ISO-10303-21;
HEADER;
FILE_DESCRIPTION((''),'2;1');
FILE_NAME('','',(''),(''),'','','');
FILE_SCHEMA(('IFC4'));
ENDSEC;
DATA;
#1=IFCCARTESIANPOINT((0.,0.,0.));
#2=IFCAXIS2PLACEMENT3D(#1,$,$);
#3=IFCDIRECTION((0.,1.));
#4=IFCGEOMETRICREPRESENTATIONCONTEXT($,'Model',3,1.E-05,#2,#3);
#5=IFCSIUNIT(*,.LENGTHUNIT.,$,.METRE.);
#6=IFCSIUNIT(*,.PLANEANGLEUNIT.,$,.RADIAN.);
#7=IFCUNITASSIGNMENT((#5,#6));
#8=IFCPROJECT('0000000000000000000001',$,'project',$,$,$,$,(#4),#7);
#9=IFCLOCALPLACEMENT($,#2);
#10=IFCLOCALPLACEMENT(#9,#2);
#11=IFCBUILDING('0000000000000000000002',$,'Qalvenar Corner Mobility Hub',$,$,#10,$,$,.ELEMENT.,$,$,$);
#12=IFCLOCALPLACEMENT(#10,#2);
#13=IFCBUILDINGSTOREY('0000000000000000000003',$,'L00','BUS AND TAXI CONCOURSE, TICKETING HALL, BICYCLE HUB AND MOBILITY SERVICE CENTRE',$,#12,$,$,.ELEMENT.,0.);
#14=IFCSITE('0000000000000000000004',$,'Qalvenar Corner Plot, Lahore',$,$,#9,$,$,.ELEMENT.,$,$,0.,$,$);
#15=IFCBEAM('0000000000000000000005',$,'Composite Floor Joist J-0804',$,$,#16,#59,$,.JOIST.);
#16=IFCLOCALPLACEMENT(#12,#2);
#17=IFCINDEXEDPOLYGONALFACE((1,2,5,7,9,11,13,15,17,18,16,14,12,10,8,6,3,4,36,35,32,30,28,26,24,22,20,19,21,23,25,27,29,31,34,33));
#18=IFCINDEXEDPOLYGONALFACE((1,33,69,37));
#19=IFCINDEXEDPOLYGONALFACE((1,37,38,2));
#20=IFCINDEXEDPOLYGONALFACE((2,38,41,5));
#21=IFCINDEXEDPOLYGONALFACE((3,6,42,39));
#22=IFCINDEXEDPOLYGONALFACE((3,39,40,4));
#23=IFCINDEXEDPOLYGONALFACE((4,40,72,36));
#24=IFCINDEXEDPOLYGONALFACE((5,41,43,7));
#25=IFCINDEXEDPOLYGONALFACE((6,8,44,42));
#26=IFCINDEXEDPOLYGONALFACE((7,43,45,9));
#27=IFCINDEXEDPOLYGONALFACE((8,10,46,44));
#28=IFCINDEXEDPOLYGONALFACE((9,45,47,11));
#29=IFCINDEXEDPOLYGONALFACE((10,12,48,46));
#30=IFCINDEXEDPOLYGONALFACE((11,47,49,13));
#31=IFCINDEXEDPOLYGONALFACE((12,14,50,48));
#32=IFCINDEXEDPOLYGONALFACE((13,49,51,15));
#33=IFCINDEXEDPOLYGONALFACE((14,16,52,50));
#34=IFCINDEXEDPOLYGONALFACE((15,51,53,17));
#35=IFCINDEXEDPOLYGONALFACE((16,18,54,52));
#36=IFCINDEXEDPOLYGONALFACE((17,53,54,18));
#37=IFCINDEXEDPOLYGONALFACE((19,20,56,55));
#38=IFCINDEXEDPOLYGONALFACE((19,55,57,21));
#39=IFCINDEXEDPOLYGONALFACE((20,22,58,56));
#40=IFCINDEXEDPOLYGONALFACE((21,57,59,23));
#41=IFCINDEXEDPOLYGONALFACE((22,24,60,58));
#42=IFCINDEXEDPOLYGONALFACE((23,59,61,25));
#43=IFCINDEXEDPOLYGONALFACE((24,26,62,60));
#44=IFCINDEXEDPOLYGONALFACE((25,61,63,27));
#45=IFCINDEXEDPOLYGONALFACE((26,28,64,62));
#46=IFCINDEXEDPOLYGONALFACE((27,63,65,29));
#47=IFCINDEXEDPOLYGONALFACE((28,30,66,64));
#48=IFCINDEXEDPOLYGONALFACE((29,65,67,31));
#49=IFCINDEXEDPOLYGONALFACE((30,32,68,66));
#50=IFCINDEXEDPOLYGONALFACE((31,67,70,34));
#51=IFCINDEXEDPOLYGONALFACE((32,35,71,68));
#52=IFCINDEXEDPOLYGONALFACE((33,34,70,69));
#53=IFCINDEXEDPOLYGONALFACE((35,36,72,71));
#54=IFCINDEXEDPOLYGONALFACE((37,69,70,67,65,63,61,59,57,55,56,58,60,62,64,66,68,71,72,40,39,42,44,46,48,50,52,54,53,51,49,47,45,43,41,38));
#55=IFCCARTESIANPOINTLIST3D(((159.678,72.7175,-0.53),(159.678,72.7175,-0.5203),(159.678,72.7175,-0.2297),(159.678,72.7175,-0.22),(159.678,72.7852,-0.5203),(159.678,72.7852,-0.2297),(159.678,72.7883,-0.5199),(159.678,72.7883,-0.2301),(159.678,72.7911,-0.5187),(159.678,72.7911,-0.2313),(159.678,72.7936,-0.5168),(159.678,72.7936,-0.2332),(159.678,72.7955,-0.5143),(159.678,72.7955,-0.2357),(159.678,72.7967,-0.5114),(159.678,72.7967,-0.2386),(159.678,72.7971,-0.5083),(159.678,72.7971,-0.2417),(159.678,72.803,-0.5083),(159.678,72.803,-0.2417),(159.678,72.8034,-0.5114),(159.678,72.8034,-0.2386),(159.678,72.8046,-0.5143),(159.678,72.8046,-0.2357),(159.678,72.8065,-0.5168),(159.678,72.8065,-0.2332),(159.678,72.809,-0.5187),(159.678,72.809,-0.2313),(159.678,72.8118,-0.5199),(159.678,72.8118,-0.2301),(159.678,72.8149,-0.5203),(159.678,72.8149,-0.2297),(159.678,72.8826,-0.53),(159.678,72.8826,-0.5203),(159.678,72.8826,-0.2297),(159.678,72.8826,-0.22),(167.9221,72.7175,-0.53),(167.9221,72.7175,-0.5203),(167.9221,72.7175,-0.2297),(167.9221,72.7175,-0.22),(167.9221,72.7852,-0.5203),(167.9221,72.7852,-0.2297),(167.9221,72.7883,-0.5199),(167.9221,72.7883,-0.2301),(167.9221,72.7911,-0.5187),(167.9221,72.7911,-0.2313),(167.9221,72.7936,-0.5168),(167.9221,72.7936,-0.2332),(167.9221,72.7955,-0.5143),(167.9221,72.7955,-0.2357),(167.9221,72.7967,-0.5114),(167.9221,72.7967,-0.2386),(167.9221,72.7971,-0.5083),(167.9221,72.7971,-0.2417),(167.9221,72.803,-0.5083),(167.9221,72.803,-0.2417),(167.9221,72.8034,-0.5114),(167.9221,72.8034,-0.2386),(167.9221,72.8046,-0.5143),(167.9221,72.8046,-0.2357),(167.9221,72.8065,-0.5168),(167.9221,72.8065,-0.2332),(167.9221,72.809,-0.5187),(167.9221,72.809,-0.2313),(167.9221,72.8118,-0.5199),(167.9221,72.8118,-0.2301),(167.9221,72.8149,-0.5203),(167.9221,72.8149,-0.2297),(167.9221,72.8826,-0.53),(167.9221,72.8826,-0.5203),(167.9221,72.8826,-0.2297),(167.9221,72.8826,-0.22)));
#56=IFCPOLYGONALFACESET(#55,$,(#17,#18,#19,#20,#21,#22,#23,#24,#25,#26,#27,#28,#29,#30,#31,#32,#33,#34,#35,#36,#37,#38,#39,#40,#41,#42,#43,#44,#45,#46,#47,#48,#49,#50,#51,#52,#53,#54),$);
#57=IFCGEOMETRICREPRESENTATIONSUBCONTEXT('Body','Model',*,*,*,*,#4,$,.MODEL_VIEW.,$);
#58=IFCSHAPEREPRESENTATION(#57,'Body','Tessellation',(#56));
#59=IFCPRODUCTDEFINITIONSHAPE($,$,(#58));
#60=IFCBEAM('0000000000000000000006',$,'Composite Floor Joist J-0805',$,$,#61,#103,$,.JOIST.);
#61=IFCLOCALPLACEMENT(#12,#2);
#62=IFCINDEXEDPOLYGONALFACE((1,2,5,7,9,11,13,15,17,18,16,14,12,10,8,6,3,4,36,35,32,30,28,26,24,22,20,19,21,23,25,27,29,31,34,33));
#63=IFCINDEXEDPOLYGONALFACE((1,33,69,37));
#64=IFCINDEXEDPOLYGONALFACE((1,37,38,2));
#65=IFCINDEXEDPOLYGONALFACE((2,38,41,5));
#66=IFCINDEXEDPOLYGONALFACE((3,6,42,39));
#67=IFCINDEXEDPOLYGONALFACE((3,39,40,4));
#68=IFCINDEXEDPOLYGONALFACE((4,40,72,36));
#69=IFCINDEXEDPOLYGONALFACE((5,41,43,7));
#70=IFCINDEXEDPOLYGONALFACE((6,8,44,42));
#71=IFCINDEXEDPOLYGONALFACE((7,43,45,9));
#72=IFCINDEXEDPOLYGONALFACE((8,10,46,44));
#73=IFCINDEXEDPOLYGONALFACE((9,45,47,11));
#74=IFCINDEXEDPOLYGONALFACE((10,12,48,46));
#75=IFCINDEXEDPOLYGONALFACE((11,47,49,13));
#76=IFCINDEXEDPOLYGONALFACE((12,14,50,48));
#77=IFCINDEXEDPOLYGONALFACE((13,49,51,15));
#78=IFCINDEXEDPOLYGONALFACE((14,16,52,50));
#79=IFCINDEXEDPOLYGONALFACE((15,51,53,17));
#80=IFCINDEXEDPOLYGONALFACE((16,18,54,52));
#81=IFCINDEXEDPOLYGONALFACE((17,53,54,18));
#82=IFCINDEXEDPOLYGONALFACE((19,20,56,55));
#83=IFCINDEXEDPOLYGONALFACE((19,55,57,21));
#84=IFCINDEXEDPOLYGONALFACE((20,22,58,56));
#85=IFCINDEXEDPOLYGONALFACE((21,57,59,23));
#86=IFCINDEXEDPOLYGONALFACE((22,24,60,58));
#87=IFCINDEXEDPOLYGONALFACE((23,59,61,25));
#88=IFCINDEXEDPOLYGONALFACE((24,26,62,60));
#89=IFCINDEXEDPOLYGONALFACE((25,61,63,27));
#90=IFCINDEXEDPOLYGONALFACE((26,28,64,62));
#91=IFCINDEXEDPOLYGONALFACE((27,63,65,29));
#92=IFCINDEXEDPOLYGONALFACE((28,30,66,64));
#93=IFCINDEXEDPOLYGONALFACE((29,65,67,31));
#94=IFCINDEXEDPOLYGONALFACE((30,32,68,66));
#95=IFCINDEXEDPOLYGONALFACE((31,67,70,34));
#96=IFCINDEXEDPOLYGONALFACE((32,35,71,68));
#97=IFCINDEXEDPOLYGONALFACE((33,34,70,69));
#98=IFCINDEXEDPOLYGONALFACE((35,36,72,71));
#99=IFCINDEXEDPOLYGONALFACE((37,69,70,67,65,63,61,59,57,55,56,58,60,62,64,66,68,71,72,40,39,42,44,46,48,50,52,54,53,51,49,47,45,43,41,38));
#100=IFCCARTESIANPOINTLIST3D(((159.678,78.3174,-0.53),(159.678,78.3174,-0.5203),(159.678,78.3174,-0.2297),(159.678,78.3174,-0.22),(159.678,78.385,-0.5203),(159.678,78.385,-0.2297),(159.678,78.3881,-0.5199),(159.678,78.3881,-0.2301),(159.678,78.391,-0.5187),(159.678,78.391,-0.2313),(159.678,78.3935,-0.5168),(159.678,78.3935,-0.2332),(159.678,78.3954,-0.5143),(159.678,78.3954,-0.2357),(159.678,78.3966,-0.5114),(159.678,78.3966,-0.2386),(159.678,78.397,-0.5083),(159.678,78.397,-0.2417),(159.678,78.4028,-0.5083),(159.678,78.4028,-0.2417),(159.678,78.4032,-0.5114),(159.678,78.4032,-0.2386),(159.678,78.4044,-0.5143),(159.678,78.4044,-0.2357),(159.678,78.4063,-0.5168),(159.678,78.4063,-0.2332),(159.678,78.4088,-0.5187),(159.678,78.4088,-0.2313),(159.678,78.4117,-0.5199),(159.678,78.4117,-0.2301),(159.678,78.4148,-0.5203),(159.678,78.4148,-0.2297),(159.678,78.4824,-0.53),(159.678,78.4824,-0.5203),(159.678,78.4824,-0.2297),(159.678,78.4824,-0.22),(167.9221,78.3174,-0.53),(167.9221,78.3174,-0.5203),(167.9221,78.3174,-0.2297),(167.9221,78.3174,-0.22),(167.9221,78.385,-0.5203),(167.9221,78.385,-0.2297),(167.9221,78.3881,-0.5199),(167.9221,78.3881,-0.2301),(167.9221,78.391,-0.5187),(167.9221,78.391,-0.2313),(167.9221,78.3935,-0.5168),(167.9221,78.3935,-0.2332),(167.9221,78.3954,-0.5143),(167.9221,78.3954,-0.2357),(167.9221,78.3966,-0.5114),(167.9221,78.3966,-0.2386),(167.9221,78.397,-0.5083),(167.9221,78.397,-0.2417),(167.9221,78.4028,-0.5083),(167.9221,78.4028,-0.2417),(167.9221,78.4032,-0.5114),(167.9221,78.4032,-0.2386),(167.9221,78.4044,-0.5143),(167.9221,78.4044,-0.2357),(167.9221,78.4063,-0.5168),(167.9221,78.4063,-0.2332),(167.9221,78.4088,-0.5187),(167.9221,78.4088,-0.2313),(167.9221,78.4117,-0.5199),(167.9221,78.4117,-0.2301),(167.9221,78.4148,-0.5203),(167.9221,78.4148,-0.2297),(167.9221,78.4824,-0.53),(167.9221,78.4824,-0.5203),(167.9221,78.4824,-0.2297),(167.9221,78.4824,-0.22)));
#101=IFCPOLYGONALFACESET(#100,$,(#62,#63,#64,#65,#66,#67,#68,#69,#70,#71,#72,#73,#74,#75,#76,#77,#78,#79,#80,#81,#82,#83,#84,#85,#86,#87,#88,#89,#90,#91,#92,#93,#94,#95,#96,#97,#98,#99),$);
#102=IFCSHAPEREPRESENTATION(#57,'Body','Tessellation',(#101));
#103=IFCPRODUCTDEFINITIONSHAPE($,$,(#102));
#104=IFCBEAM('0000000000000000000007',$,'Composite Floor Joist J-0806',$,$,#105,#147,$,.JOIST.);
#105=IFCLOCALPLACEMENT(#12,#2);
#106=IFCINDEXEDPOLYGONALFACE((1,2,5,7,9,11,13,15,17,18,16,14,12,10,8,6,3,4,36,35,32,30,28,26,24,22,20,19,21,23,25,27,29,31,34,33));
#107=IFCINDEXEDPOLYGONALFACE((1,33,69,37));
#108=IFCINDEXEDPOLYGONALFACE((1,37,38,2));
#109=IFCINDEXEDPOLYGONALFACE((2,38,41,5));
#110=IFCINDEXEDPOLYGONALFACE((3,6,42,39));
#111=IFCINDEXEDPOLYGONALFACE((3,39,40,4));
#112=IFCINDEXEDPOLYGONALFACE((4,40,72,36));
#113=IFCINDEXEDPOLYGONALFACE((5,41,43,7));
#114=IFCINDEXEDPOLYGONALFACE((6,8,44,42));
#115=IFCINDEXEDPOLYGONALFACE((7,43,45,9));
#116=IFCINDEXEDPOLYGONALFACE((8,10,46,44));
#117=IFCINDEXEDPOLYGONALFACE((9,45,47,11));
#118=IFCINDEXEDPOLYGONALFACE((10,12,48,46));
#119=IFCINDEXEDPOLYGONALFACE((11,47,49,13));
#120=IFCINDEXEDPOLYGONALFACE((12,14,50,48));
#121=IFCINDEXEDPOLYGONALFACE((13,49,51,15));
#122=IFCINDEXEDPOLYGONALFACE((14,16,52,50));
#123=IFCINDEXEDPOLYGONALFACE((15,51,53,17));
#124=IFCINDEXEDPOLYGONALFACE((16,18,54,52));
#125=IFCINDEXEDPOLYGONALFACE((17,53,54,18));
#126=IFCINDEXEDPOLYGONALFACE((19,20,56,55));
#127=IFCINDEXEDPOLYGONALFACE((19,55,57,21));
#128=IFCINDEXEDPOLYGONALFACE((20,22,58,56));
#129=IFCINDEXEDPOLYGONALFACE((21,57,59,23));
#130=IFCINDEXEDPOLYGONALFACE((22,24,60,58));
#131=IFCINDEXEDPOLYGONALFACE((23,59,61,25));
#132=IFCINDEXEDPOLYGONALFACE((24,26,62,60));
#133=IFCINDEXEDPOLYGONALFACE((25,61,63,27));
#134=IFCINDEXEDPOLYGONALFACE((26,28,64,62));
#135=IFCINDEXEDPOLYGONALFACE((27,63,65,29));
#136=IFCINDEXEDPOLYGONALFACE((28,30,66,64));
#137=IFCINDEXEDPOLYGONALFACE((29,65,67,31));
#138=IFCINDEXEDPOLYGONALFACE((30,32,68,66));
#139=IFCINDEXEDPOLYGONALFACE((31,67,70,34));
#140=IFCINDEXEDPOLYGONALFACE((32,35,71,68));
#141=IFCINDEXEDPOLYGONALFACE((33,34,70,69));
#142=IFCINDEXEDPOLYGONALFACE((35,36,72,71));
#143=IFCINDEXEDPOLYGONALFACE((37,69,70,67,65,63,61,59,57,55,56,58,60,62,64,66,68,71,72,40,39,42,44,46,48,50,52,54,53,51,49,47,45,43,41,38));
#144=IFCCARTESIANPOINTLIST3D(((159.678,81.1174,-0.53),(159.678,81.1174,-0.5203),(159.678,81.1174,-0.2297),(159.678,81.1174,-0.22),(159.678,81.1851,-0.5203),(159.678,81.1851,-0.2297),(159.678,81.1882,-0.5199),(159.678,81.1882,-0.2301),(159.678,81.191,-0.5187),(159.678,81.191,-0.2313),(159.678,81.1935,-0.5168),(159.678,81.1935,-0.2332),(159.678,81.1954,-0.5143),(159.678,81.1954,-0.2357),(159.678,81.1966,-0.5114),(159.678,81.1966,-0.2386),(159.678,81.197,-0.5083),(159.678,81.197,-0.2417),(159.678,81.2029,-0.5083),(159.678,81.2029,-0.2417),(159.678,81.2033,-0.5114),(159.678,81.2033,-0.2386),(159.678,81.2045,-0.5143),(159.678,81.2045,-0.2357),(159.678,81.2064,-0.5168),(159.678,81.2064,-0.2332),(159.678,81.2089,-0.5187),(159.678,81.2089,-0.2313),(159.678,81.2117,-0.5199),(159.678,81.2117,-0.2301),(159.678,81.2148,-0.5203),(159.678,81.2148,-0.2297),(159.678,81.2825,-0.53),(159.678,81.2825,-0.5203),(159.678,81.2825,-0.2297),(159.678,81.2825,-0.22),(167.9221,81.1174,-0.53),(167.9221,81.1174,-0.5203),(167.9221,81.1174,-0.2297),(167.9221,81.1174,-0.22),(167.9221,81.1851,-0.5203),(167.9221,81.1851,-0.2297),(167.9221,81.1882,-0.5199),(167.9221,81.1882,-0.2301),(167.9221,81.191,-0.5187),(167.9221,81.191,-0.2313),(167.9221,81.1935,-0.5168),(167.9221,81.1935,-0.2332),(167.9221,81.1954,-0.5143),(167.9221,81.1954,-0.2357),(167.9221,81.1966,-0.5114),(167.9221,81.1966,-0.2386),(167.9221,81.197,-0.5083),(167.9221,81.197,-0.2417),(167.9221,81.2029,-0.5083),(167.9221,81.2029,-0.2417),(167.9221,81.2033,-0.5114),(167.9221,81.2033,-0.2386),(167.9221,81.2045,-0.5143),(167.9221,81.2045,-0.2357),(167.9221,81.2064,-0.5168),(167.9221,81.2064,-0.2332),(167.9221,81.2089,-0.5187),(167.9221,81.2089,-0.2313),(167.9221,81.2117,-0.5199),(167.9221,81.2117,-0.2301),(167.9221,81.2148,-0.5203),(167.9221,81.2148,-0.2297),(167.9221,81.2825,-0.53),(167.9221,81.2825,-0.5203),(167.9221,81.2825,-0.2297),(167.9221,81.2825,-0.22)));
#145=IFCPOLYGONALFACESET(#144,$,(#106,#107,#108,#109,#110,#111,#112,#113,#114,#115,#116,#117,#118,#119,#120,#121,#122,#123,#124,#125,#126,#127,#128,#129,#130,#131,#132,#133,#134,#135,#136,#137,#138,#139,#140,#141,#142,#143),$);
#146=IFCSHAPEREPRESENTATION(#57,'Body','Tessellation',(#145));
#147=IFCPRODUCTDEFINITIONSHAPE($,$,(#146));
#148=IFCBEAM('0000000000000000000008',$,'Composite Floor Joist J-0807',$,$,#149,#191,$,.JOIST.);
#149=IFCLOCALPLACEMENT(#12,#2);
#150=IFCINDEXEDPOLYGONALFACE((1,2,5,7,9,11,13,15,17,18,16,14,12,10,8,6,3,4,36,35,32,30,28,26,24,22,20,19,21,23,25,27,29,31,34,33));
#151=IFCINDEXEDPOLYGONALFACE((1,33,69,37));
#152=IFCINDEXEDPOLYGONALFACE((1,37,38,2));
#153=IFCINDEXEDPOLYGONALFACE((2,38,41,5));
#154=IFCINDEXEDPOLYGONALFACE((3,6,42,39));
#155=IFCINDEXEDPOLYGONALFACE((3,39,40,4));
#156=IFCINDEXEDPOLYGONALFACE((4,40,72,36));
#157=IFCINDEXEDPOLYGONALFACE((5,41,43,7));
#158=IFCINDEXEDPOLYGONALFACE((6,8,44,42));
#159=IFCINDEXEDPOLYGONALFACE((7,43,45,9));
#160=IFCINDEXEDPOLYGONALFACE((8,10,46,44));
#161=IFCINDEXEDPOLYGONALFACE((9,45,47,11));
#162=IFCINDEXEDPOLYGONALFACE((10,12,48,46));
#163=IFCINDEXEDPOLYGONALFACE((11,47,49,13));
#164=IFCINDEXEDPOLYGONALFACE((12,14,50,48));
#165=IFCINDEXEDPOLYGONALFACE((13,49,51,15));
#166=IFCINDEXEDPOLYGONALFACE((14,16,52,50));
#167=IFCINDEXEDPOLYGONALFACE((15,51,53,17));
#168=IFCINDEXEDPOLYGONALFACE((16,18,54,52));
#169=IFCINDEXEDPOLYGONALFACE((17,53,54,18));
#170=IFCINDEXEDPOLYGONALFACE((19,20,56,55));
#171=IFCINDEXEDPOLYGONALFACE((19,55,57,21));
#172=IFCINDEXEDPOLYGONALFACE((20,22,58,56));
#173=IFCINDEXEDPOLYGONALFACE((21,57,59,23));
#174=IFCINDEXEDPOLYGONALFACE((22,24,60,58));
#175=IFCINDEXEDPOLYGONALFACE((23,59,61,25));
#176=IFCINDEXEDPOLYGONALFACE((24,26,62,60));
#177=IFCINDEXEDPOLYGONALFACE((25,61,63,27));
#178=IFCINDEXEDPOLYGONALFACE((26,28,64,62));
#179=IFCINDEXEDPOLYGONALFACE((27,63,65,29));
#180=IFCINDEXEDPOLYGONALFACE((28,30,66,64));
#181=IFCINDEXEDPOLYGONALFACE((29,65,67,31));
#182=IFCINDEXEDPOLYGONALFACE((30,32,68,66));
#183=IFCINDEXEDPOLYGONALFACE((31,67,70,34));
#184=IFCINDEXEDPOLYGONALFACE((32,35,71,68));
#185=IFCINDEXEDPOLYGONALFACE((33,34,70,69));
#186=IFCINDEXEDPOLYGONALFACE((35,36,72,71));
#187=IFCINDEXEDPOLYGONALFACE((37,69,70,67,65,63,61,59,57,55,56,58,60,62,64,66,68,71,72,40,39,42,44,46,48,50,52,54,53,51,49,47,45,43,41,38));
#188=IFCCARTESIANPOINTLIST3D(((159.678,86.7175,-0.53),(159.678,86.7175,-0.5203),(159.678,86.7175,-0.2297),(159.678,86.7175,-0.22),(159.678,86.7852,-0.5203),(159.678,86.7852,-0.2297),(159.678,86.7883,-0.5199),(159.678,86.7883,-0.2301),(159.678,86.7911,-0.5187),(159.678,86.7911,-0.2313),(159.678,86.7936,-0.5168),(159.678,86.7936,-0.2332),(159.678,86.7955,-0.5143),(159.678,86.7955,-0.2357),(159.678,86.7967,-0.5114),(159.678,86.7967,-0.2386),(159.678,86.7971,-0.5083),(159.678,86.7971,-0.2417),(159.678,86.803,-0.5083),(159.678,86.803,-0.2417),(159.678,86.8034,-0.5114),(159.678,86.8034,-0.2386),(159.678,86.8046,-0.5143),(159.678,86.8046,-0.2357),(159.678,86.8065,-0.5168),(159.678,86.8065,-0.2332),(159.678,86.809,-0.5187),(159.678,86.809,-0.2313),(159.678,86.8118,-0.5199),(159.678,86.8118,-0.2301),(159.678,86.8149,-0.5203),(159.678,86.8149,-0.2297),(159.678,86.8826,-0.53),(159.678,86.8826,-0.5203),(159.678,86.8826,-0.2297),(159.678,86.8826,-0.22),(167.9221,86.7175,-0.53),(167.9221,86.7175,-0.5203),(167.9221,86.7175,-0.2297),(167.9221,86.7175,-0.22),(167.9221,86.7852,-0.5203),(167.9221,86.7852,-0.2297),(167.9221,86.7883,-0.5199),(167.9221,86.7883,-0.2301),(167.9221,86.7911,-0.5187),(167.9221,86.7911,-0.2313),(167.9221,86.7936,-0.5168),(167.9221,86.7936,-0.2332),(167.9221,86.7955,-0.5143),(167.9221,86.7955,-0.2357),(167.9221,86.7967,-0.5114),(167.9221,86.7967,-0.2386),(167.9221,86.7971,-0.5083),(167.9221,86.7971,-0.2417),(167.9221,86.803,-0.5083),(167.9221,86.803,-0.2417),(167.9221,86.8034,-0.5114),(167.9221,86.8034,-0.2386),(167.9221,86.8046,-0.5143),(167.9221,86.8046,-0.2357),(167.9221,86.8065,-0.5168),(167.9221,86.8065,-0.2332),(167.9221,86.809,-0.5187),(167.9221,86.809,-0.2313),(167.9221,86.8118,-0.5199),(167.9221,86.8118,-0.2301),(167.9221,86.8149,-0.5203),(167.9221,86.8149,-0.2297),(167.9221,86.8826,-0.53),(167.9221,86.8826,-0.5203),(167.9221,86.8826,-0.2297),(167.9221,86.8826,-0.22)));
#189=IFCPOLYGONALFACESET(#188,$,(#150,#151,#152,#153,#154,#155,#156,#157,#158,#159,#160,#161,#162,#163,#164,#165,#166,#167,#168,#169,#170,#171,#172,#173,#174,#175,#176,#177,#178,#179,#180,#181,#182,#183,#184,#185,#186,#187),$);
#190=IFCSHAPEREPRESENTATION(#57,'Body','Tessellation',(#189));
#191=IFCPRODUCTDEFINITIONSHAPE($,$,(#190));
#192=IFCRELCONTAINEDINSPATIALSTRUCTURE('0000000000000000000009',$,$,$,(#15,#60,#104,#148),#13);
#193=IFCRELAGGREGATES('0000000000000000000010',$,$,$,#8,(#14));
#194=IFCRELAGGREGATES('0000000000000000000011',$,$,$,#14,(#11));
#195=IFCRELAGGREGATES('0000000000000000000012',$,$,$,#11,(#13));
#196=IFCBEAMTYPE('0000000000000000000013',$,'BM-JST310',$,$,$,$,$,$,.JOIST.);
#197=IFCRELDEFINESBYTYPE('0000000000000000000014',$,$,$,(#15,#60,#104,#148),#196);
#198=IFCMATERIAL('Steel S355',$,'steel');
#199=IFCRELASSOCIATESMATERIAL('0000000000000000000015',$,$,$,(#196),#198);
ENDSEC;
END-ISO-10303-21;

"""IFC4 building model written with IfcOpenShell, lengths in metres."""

from ifc_helpers import new_model, si_unit, direction, frame, origin, origin_2d, place, context, subcontext, project, spatial, i_section, extrude, material, material_profile, profile_set, type_object, element, save


model = new_model("IFC4")

# Units and contexts
model_context = context("Model", 3, precision=1e-05, world=origin(), true_north=direction((0.0, 1.0)))
body_context = subcontext(model_context, "Body", "Model", "MODEL_VIEW")
ifc_project = project(units=[si_unit("LENGTHUNIT", "METRE"), si_unit("PLANEANGLEUNIT", "RADIAN")], contexts=[model_context])

# Site, building, storey
site_placement = place(None, origin())
site = spatial("IfcSite", under=ifc_project, at=site_placement, Name="Qalvenar Corner Plot, Lahore", CompositionType="ELEMENT", RefElevation=0.0)
building_placement = place(site_placement, origin())
building = spatial("IfcBuilding", under=site, at=building_placement, Name="Qalvenar Corner Mobility Hub", CompositionType="ELEMENT")
storey_placement = place(building_placement, origin())
storey = spatial("IfcBuildingStorey", under=building, at=storey_placement, Name="L00", Description="BUS AND TAXI CONCOURSE, TICKETING HALL, BICYCLE HUB AND MOBILITY SERVICE CENTRE", CompositionType="ELEMENT", Elevation=0.0)

# Shared definitions
ifc_material_1 = material(Name="Steel S355", Category="steel")

# Beams
ifc_material_profile_1 = material_profile(ifc_material_1, i_section(OverallWidth=0.165, OverallDepth=0.3101, WebThickness=0.0059, FlangeThickness=0.0098, FilletRadius=0.012, at=origin_2d()), Name="W310x38.7")
ifc_profile_set_1 = profile_set([ifc_material_profile_1], Name="Steel S355")
beam_type_1 = type_object("IfcBeamType", Name="BM-JST310", PredefinedType="JOIST", material=ifc_profile_set_1)
for number, where, z_axis, x_axis, name in (
    (1, (159.678, 72.8, -0.375), (1.0, 0.0, 0.0), (0.0, 1.0, 0.0), "Composite Floor Joist J-0804"),
    (2, (159.678, 78.3999, -0.375), (1.0, 0.0, 0.0), (0.0, 1.0, 0.0), "Composite Floor Joist J-0805"),
    (3, (159.678, 81.2, -0.375), (1.0, 0.0, 0.0), (0.0, 1.0, 0.0), "Composite Floor Joist J-0806"),
    (4, (159.678, 86.8, -0.375), (1.0, 0.0, 0.0), (0.0, 1.0, 0.0), "Composite Floor Joist J-0807"),
):
    element("IfcBeam", number, at=place(storey_placement, frame(where, z_axis=z_axis, x_axis=x_axis)), inside=storey, type_object=beam_type_1, Name=name, PredefinedType="JOIST", context=body_context, shape_type="SweptSolid", body=[
        extrude(i_section(OverallWidth=0.165, OverallDepth=0.3101, WebThickness=0.0059, FlangeThickness=0.0098, FilletRadius=0.012, at=origin_2d()), origin(), (0.0, 0.0, 1.0), 8.2441),
    ])

save(model, "model.ifc")
